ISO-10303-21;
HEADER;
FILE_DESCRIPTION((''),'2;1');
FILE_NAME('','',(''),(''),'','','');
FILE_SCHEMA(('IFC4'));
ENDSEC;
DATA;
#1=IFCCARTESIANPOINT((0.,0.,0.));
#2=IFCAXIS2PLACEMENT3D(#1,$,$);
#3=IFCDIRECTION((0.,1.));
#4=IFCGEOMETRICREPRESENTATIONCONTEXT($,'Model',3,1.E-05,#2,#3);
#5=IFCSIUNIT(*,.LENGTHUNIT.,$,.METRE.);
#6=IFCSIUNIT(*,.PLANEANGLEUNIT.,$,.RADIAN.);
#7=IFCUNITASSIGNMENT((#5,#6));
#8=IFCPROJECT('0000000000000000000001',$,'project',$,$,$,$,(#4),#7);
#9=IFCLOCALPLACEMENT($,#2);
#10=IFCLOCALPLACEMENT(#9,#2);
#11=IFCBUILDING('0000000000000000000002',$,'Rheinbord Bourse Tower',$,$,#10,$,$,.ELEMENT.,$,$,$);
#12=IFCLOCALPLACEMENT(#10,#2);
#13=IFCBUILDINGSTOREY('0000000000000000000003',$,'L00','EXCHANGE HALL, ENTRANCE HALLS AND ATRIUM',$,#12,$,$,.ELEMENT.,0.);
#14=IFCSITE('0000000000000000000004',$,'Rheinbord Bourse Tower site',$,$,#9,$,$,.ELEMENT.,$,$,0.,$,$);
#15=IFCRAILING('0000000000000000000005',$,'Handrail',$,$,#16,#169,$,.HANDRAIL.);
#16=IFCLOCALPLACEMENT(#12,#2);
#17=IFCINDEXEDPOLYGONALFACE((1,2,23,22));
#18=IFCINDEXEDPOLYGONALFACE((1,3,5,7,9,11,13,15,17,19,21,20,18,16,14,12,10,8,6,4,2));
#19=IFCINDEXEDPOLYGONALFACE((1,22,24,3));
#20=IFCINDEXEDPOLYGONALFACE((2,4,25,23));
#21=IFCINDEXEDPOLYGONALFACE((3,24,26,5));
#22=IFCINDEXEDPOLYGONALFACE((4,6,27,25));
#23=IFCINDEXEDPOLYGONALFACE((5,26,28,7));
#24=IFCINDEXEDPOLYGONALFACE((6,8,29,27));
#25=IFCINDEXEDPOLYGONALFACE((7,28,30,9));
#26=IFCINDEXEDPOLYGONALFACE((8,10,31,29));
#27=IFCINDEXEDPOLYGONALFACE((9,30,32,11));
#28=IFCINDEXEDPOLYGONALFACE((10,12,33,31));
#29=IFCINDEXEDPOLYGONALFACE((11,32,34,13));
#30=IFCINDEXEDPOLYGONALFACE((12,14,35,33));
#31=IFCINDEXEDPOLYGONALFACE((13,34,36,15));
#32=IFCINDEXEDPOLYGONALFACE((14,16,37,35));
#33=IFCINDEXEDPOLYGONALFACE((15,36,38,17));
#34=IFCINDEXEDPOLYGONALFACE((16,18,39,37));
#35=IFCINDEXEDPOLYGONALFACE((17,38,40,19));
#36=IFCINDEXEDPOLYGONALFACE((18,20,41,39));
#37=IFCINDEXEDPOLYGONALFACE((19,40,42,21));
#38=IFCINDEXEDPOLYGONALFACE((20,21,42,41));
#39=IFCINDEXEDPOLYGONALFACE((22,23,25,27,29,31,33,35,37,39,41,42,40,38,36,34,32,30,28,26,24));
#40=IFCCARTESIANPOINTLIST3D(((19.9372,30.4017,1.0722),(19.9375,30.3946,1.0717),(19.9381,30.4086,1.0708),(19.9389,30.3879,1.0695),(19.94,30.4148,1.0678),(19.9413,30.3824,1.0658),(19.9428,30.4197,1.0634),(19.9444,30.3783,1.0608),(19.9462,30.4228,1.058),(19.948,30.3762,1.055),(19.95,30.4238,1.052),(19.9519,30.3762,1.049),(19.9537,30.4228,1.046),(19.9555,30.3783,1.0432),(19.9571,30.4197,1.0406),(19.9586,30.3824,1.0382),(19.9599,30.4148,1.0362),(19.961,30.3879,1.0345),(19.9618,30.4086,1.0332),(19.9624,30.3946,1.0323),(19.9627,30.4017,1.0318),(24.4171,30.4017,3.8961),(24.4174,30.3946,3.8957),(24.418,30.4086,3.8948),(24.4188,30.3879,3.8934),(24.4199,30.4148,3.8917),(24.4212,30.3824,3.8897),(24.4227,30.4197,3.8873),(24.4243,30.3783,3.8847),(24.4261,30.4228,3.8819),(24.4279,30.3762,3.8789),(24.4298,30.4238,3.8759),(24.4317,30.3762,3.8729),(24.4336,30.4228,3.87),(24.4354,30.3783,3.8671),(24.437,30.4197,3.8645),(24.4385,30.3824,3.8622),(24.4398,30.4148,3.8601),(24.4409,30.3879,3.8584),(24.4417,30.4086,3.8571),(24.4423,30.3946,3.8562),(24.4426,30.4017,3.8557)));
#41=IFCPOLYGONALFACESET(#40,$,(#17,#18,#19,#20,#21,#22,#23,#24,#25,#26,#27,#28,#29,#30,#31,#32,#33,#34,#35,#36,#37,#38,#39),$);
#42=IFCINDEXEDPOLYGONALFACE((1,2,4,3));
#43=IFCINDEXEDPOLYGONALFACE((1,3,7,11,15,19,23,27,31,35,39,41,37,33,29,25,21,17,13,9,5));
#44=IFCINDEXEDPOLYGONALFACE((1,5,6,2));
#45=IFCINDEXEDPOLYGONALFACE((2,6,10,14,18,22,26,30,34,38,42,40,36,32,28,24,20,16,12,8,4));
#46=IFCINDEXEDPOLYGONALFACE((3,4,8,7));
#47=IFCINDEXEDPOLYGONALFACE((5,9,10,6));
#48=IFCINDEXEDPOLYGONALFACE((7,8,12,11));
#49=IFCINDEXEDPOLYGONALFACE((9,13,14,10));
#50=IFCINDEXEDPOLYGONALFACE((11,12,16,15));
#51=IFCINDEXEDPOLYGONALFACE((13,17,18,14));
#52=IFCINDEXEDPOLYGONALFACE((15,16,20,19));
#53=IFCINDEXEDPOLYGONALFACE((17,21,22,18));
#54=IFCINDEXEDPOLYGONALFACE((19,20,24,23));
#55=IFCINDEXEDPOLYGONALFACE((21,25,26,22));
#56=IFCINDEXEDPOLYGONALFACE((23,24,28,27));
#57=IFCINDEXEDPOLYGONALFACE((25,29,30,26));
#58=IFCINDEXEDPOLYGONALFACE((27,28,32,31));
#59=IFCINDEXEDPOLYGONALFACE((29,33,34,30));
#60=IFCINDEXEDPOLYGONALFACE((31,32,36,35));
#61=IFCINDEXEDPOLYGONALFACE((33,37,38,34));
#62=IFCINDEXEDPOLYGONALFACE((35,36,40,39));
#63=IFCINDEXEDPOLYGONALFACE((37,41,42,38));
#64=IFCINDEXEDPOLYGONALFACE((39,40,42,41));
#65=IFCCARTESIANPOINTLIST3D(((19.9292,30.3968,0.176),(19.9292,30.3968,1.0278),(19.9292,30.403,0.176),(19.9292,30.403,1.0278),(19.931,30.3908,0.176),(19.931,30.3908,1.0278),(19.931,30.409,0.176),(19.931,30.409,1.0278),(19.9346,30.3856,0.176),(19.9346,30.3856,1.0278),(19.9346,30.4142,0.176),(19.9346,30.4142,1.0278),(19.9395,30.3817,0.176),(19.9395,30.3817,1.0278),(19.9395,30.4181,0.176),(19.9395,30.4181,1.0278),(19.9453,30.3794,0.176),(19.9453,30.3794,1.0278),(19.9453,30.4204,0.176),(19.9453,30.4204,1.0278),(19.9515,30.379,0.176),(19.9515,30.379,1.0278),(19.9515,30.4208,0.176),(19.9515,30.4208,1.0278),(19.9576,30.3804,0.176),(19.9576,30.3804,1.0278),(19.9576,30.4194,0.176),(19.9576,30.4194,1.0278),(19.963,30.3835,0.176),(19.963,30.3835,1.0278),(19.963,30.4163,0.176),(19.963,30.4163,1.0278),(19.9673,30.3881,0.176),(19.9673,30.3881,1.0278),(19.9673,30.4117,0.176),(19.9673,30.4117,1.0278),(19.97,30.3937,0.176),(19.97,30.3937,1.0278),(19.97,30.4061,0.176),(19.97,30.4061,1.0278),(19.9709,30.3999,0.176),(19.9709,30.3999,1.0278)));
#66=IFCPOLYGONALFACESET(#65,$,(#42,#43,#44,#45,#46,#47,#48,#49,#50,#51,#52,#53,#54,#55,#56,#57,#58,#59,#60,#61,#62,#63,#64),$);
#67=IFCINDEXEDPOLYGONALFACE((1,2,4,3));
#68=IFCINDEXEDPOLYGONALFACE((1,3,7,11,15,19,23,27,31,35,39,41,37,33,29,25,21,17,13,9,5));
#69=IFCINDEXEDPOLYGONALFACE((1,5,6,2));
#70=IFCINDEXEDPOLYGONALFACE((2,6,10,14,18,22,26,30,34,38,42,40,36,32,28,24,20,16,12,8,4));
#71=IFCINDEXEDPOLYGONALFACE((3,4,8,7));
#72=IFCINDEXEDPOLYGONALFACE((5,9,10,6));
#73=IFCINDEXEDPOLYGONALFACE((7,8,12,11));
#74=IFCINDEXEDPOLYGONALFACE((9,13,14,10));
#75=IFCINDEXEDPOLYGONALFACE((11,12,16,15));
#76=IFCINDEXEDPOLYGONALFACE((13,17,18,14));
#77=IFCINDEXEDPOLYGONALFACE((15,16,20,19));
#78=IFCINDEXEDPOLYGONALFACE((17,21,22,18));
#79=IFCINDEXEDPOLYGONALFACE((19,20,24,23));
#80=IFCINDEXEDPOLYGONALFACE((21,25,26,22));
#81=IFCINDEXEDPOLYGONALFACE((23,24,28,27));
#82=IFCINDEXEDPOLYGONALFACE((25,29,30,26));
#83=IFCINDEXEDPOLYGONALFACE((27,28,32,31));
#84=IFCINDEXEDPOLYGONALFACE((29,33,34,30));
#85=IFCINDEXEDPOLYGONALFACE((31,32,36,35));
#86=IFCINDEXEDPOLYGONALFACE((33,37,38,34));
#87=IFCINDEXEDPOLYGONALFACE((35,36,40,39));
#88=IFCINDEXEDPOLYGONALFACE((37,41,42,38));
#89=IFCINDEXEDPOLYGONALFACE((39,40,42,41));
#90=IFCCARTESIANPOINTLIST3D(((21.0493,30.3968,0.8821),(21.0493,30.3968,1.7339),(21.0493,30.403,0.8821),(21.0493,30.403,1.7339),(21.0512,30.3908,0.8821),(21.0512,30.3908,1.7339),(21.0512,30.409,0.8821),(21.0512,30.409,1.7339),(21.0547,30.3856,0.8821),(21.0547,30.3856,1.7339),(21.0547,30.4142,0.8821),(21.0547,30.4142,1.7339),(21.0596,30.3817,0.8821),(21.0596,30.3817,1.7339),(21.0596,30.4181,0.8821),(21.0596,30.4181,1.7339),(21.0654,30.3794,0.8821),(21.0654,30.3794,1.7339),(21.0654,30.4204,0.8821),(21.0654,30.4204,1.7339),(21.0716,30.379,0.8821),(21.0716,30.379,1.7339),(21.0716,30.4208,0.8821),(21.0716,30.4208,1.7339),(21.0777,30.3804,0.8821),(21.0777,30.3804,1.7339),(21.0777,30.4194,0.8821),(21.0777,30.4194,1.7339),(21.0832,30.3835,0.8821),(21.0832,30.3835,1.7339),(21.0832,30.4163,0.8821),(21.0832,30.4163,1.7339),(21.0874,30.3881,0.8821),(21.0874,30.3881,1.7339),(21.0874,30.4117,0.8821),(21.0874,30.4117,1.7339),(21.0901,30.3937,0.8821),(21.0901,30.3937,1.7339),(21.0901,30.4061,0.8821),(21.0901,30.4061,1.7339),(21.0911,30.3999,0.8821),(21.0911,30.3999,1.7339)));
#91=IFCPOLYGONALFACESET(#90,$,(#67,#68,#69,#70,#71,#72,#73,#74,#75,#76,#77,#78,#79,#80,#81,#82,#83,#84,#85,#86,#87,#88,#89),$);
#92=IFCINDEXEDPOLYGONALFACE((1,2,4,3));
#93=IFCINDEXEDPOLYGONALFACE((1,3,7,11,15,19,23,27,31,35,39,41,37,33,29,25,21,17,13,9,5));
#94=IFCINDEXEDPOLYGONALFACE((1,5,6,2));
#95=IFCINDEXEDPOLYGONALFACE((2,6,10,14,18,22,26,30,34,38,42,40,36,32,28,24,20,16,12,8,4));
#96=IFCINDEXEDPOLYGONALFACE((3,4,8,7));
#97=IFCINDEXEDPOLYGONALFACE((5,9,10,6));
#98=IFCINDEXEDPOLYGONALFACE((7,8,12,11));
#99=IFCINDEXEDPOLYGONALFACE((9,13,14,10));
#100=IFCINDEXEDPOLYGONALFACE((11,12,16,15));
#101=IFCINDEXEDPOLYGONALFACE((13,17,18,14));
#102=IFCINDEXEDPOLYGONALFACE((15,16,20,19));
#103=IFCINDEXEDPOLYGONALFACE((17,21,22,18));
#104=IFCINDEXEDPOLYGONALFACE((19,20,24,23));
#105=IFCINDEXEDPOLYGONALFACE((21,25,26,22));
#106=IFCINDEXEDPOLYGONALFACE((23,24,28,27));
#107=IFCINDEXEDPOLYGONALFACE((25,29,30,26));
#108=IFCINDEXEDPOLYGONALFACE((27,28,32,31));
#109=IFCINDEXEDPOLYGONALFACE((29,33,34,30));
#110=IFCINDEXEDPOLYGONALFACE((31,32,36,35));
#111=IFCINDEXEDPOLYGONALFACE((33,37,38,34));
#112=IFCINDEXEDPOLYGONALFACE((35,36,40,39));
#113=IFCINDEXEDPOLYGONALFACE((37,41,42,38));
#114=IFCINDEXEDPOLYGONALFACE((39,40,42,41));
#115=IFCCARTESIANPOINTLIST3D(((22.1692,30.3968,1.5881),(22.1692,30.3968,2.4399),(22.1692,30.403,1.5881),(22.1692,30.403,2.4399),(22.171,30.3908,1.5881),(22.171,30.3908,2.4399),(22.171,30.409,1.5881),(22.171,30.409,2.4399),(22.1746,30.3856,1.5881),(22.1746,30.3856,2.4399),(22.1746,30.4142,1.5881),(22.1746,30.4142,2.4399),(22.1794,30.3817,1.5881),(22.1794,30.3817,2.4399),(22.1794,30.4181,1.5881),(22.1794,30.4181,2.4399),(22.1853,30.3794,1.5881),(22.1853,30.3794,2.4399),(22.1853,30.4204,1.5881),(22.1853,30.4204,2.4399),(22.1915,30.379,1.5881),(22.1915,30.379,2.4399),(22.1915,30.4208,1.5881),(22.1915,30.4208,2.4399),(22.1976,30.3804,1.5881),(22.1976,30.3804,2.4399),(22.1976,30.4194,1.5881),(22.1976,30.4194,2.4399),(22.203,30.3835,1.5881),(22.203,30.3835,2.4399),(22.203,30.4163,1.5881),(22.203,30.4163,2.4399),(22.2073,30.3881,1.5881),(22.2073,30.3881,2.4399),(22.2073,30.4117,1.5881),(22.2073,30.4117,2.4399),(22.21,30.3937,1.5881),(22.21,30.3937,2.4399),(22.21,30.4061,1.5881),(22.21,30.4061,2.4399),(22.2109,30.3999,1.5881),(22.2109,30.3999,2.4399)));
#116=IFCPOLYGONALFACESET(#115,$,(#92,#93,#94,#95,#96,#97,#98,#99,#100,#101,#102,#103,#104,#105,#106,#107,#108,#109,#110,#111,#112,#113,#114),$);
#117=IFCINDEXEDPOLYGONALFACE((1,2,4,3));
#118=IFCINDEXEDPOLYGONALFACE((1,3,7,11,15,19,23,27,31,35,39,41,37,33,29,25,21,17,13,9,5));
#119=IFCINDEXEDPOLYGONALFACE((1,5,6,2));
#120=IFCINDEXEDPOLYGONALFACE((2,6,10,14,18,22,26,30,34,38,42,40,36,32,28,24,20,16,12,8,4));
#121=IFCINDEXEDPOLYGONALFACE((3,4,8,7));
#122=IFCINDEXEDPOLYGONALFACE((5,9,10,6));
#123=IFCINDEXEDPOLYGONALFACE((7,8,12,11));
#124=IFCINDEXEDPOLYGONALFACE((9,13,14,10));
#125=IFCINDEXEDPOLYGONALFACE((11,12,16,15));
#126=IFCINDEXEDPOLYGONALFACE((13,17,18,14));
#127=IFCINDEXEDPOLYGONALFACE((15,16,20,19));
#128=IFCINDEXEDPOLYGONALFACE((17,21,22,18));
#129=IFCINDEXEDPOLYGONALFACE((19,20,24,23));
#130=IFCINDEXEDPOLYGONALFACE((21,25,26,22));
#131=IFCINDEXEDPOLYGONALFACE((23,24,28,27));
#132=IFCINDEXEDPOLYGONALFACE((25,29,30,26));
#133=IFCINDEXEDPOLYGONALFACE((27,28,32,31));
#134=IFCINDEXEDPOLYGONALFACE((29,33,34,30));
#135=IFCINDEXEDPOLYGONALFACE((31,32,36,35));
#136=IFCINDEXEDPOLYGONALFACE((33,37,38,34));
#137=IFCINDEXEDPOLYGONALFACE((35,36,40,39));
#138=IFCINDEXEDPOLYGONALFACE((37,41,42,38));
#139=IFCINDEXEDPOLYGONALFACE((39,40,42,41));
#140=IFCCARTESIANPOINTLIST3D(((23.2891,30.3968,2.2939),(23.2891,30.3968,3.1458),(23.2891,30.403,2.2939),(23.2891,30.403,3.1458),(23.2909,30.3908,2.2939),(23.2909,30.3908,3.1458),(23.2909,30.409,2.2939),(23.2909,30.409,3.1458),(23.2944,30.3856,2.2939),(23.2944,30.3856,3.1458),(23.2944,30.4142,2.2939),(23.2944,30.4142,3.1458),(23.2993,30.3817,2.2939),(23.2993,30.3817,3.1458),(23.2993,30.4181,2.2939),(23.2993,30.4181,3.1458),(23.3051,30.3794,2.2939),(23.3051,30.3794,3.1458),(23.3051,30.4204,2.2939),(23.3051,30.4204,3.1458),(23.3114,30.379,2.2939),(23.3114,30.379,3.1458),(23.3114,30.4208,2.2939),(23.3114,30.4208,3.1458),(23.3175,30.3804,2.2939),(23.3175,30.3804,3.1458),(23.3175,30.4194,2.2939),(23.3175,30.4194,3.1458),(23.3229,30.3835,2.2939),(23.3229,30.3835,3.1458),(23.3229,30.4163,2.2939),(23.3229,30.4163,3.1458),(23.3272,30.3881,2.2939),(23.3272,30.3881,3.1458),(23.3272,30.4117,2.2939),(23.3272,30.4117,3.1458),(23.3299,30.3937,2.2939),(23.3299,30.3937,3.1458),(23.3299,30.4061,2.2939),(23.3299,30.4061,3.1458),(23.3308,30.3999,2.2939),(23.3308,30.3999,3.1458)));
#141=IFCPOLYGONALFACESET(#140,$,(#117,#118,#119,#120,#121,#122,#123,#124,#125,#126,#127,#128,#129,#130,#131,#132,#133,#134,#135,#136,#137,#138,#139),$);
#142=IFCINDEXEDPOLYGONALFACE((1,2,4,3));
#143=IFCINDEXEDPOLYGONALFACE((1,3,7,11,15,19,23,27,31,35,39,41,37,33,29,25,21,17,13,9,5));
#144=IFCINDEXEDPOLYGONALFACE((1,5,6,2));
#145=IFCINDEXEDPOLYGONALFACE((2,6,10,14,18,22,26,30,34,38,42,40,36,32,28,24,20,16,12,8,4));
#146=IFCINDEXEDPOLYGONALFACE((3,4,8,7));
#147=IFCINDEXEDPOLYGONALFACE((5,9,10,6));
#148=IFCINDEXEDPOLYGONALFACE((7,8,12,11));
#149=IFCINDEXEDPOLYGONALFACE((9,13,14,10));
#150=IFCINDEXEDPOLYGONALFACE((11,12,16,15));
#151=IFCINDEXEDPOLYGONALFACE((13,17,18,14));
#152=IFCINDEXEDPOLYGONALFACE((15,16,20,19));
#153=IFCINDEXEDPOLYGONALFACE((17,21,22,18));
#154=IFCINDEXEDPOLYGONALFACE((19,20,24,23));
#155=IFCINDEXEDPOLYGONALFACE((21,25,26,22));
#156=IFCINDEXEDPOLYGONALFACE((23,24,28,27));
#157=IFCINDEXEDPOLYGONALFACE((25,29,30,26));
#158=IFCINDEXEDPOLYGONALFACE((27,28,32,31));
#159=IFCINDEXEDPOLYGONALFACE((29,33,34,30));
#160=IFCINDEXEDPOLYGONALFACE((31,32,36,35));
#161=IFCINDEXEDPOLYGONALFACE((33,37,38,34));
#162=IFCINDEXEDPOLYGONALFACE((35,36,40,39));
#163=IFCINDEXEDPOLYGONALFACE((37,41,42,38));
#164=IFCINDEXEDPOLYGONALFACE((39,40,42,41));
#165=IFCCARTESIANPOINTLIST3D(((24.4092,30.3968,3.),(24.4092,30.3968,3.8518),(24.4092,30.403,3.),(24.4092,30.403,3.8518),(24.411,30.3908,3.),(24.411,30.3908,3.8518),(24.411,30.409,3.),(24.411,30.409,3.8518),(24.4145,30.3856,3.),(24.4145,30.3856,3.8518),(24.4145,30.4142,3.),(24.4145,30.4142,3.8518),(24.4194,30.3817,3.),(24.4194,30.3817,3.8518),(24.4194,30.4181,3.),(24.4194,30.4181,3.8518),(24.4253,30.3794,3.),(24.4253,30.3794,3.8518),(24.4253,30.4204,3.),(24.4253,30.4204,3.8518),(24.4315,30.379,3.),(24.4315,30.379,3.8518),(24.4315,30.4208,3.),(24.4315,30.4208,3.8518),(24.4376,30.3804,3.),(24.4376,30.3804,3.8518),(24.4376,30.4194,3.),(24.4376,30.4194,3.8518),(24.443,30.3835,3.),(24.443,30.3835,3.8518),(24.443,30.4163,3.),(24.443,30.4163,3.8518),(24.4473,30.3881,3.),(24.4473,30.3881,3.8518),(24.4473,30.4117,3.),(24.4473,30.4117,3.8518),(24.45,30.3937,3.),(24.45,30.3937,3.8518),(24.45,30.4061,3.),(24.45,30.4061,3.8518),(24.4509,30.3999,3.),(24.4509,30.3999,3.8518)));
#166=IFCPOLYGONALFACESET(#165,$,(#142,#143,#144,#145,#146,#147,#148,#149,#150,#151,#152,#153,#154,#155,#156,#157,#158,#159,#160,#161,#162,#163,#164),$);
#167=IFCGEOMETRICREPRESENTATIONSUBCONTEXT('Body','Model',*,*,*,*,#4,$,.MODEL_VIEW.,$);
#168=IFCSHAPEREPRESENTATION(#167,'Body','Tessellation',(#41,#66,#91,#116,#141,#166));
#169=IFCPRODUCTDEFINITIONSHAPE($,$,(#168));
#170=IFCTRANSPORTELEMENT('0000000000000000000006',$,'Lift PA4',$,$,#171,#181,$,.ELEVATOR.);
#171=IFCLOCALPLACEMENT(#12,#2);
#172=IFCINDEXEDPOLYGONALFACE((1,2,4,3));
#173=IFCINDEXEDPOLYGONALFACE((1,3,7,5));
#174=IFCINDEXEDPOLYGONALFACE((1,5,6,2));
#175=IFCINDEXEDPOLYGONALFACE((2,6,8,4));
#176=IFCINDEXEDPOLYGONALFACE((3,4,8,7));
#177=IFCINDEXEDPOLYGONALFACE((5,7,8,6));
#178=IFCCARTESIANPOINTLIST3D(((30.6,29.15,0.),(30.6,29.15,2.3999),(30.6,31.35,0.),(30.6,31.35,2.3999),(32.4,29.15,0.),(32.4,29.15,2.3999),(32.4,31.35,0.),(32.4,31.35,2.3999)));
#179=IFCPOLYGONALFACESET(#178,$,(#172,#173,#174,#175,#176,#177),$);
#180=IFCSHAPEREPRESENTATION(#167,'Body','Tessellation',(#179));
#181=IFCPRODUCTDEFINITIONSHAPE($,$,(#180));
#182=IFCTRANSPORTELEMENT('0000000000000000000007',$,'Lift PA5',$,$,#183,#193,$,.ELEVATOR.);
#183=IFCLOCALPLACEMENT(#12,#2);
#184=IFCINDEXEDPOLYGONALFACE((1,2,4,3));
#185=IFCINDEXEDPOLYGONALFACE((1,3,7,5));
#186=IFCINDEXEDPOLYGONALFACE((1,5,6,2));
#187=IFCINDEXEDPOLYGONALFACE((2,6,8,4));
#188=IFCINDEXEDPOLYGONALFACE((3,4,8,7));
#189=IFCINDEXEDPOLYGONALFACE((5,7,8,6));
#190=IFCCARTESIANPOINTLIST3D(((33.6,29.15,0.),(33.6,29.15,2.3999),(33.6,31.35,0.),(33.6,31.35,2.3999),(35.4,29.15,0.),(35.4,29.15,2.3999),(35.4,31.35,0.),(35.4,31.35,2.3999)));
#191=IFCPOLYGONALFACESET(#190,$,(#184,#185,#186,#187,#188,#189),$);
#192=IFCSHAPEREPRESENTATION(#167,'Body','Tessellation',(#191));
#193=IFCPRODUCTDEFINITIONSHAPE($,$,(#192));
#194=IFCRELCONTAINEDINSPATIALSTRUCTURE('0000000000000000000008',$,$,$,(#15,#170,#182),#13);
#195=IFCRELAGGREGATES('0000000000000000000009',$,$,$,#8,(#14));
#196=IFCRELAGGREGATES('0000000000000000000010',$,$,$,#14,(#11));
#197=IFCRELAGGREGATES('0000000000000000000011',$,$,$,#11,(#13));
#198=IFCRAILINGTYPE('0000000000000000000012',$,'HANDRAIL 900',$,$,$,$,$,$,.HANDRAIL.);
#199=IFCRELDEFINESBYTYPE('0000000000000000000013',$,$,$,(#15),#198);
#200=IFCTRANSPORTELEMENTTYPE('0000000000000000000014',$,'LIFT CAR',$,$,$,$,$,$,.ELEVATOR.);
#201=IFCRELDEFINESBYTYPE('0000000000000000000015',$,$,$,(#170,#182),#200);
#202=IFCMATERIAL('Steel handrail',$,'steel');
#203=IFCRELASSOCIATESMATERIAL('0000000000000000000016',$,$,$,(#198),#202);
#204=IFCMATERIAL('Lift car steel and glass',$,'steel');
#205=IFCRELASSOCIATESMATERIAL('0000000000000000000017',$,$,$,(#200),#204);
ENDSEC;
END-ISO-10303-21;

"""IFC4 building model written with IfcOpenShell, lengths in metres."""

from ifc_helpers import new_model, si_unit, direction, frame, origin, origin_2d, place, context, subcontext, project, spatial, rectangle, circle, extrude, material, type_object, element, save


model = new_model("IFC4")

# Units and contexts
model_context = context("Model", 3, precision=1e-05, world=origin(), true_north=direction((0.0, 1.0)))
body_context = subcontext(model_context, "Body", "Model", "MODEL_VIEW")
ifc_project = project(units=[si_unit("LENGTHUNIT", "METRE"), si_unit("PLANEANGLEUNIT", "RADIAN")], contexts=[model_context])

# Site, building, storey
site_placement = place(None, origin())
site = spatial("IfcSite", under=ifc_project, at=site_placement, Name="Rheinbord Bourse Tower site", CompositionType="ELEMENT", RefElevation=0.0)
building_placement = place(site_placement, origin())
building = spatial("IfcBuilding", under=site, at=building_placement, Name="Rheinbord Bourse Tower", CompositionType="ELEMENT")
storey_placement = place(building_placement, origin())
storey = spatial("IfcBuildingStorey", under=building, at=storey_placement, Name="L00", Description="EXCHANGE HALL, ENTRANCE HALLS AND ATRIUM", CompositionType="ELEMENT", Elevation=0.0)

# Railing
ifc_material_1 = material(Name="Steel handrail", Category="steel")
railing_type = type_object("IfcRailingType", Name="HANDRAIL 900", PredefinedType="HANDRAIL", material=ifc_material_1)
railing_placement = place(storey_placement, frame((19.95, 30.3999, 0.176)))
element("IfcRailing", 1, at=railing_placement, inside=storey, type_object=railing_type, Name="Handrail", PredefinedType="HANDRAIL", context=body_context, shape_type="SweptSolid", body=[
    extrude(circle(Radius=0.0239, at=origin_2d()), frame((0.0, 0.0, 0.876), z_axis=(0.845956, 0.0, 0.533252), x_axis=(0.0, 1.0, 0.0)), (0.0, 0.0, 1.0), 5.2957),
    extrude(circle(Radius=0.021, at=origin_2d()), origin(), (0.0, 0.0, 1.0), 0.8518),
    extrude(circle(Radius=0.021, at=origin_2d()), frame((1.1201, 0.0, 0.7061)), (0.0, 0.0, 1.0), 0.8518),
    extrude(circle(Radius=0.021, at=origin_2d()), frame((2.24, 0.0, 1.4121)), (0.0, 0.0, 1.0), 0.8518),
    extrude(circle(Radius=0.021, at=origin_2d()), frame((3.3599, 0.0, 2.1179)), (0.0, 0.0, 1.0), 0.8518),
    extrude(circle(Radius=0.021, at=origin_2d()), frame((4.48, 0.0, 2.824)), (0.0, 0.0, 1.0), 0.8518),
])

# Transport elements
ifc_material_2 = material(Name="Lift car steel and glass", Category="steel")
transport_element_type = type_object("IfcTransportElementType", Name="LIFT CAR", PredefinedType="ELEVATOR", material=ifc_material_2)
for number, where, z_axis, x_axis, name in (
    (2, (31.5, 30.25, 0.0), (0.0, 0.0, 1.0), (1.0, 0.0, 0.0), "Lift PA4"),
    (3, (34.5, 30.25, 0.0), (0.0, 0.0, 1.0), (1.0, 0.0, 0.0), "Lift PA5"),
):
    element("IfcTransportElement", number, at=place(storey_placement, frame(where, z_axis=z_axis, x_axis=x_axis)), inside=storey, type_object=transport_element_type, Name=name, PredefinedType="ELEVATOR", context=body_context, shape_type="SweptSolid", body=[
        extrude(rectangle(XDim=1.8, YDim=2.2, at=origin_2d()), origin(), (0.0, 0.0, 1.0), 2.3999),
    ])

save(model, "model.ifc")
